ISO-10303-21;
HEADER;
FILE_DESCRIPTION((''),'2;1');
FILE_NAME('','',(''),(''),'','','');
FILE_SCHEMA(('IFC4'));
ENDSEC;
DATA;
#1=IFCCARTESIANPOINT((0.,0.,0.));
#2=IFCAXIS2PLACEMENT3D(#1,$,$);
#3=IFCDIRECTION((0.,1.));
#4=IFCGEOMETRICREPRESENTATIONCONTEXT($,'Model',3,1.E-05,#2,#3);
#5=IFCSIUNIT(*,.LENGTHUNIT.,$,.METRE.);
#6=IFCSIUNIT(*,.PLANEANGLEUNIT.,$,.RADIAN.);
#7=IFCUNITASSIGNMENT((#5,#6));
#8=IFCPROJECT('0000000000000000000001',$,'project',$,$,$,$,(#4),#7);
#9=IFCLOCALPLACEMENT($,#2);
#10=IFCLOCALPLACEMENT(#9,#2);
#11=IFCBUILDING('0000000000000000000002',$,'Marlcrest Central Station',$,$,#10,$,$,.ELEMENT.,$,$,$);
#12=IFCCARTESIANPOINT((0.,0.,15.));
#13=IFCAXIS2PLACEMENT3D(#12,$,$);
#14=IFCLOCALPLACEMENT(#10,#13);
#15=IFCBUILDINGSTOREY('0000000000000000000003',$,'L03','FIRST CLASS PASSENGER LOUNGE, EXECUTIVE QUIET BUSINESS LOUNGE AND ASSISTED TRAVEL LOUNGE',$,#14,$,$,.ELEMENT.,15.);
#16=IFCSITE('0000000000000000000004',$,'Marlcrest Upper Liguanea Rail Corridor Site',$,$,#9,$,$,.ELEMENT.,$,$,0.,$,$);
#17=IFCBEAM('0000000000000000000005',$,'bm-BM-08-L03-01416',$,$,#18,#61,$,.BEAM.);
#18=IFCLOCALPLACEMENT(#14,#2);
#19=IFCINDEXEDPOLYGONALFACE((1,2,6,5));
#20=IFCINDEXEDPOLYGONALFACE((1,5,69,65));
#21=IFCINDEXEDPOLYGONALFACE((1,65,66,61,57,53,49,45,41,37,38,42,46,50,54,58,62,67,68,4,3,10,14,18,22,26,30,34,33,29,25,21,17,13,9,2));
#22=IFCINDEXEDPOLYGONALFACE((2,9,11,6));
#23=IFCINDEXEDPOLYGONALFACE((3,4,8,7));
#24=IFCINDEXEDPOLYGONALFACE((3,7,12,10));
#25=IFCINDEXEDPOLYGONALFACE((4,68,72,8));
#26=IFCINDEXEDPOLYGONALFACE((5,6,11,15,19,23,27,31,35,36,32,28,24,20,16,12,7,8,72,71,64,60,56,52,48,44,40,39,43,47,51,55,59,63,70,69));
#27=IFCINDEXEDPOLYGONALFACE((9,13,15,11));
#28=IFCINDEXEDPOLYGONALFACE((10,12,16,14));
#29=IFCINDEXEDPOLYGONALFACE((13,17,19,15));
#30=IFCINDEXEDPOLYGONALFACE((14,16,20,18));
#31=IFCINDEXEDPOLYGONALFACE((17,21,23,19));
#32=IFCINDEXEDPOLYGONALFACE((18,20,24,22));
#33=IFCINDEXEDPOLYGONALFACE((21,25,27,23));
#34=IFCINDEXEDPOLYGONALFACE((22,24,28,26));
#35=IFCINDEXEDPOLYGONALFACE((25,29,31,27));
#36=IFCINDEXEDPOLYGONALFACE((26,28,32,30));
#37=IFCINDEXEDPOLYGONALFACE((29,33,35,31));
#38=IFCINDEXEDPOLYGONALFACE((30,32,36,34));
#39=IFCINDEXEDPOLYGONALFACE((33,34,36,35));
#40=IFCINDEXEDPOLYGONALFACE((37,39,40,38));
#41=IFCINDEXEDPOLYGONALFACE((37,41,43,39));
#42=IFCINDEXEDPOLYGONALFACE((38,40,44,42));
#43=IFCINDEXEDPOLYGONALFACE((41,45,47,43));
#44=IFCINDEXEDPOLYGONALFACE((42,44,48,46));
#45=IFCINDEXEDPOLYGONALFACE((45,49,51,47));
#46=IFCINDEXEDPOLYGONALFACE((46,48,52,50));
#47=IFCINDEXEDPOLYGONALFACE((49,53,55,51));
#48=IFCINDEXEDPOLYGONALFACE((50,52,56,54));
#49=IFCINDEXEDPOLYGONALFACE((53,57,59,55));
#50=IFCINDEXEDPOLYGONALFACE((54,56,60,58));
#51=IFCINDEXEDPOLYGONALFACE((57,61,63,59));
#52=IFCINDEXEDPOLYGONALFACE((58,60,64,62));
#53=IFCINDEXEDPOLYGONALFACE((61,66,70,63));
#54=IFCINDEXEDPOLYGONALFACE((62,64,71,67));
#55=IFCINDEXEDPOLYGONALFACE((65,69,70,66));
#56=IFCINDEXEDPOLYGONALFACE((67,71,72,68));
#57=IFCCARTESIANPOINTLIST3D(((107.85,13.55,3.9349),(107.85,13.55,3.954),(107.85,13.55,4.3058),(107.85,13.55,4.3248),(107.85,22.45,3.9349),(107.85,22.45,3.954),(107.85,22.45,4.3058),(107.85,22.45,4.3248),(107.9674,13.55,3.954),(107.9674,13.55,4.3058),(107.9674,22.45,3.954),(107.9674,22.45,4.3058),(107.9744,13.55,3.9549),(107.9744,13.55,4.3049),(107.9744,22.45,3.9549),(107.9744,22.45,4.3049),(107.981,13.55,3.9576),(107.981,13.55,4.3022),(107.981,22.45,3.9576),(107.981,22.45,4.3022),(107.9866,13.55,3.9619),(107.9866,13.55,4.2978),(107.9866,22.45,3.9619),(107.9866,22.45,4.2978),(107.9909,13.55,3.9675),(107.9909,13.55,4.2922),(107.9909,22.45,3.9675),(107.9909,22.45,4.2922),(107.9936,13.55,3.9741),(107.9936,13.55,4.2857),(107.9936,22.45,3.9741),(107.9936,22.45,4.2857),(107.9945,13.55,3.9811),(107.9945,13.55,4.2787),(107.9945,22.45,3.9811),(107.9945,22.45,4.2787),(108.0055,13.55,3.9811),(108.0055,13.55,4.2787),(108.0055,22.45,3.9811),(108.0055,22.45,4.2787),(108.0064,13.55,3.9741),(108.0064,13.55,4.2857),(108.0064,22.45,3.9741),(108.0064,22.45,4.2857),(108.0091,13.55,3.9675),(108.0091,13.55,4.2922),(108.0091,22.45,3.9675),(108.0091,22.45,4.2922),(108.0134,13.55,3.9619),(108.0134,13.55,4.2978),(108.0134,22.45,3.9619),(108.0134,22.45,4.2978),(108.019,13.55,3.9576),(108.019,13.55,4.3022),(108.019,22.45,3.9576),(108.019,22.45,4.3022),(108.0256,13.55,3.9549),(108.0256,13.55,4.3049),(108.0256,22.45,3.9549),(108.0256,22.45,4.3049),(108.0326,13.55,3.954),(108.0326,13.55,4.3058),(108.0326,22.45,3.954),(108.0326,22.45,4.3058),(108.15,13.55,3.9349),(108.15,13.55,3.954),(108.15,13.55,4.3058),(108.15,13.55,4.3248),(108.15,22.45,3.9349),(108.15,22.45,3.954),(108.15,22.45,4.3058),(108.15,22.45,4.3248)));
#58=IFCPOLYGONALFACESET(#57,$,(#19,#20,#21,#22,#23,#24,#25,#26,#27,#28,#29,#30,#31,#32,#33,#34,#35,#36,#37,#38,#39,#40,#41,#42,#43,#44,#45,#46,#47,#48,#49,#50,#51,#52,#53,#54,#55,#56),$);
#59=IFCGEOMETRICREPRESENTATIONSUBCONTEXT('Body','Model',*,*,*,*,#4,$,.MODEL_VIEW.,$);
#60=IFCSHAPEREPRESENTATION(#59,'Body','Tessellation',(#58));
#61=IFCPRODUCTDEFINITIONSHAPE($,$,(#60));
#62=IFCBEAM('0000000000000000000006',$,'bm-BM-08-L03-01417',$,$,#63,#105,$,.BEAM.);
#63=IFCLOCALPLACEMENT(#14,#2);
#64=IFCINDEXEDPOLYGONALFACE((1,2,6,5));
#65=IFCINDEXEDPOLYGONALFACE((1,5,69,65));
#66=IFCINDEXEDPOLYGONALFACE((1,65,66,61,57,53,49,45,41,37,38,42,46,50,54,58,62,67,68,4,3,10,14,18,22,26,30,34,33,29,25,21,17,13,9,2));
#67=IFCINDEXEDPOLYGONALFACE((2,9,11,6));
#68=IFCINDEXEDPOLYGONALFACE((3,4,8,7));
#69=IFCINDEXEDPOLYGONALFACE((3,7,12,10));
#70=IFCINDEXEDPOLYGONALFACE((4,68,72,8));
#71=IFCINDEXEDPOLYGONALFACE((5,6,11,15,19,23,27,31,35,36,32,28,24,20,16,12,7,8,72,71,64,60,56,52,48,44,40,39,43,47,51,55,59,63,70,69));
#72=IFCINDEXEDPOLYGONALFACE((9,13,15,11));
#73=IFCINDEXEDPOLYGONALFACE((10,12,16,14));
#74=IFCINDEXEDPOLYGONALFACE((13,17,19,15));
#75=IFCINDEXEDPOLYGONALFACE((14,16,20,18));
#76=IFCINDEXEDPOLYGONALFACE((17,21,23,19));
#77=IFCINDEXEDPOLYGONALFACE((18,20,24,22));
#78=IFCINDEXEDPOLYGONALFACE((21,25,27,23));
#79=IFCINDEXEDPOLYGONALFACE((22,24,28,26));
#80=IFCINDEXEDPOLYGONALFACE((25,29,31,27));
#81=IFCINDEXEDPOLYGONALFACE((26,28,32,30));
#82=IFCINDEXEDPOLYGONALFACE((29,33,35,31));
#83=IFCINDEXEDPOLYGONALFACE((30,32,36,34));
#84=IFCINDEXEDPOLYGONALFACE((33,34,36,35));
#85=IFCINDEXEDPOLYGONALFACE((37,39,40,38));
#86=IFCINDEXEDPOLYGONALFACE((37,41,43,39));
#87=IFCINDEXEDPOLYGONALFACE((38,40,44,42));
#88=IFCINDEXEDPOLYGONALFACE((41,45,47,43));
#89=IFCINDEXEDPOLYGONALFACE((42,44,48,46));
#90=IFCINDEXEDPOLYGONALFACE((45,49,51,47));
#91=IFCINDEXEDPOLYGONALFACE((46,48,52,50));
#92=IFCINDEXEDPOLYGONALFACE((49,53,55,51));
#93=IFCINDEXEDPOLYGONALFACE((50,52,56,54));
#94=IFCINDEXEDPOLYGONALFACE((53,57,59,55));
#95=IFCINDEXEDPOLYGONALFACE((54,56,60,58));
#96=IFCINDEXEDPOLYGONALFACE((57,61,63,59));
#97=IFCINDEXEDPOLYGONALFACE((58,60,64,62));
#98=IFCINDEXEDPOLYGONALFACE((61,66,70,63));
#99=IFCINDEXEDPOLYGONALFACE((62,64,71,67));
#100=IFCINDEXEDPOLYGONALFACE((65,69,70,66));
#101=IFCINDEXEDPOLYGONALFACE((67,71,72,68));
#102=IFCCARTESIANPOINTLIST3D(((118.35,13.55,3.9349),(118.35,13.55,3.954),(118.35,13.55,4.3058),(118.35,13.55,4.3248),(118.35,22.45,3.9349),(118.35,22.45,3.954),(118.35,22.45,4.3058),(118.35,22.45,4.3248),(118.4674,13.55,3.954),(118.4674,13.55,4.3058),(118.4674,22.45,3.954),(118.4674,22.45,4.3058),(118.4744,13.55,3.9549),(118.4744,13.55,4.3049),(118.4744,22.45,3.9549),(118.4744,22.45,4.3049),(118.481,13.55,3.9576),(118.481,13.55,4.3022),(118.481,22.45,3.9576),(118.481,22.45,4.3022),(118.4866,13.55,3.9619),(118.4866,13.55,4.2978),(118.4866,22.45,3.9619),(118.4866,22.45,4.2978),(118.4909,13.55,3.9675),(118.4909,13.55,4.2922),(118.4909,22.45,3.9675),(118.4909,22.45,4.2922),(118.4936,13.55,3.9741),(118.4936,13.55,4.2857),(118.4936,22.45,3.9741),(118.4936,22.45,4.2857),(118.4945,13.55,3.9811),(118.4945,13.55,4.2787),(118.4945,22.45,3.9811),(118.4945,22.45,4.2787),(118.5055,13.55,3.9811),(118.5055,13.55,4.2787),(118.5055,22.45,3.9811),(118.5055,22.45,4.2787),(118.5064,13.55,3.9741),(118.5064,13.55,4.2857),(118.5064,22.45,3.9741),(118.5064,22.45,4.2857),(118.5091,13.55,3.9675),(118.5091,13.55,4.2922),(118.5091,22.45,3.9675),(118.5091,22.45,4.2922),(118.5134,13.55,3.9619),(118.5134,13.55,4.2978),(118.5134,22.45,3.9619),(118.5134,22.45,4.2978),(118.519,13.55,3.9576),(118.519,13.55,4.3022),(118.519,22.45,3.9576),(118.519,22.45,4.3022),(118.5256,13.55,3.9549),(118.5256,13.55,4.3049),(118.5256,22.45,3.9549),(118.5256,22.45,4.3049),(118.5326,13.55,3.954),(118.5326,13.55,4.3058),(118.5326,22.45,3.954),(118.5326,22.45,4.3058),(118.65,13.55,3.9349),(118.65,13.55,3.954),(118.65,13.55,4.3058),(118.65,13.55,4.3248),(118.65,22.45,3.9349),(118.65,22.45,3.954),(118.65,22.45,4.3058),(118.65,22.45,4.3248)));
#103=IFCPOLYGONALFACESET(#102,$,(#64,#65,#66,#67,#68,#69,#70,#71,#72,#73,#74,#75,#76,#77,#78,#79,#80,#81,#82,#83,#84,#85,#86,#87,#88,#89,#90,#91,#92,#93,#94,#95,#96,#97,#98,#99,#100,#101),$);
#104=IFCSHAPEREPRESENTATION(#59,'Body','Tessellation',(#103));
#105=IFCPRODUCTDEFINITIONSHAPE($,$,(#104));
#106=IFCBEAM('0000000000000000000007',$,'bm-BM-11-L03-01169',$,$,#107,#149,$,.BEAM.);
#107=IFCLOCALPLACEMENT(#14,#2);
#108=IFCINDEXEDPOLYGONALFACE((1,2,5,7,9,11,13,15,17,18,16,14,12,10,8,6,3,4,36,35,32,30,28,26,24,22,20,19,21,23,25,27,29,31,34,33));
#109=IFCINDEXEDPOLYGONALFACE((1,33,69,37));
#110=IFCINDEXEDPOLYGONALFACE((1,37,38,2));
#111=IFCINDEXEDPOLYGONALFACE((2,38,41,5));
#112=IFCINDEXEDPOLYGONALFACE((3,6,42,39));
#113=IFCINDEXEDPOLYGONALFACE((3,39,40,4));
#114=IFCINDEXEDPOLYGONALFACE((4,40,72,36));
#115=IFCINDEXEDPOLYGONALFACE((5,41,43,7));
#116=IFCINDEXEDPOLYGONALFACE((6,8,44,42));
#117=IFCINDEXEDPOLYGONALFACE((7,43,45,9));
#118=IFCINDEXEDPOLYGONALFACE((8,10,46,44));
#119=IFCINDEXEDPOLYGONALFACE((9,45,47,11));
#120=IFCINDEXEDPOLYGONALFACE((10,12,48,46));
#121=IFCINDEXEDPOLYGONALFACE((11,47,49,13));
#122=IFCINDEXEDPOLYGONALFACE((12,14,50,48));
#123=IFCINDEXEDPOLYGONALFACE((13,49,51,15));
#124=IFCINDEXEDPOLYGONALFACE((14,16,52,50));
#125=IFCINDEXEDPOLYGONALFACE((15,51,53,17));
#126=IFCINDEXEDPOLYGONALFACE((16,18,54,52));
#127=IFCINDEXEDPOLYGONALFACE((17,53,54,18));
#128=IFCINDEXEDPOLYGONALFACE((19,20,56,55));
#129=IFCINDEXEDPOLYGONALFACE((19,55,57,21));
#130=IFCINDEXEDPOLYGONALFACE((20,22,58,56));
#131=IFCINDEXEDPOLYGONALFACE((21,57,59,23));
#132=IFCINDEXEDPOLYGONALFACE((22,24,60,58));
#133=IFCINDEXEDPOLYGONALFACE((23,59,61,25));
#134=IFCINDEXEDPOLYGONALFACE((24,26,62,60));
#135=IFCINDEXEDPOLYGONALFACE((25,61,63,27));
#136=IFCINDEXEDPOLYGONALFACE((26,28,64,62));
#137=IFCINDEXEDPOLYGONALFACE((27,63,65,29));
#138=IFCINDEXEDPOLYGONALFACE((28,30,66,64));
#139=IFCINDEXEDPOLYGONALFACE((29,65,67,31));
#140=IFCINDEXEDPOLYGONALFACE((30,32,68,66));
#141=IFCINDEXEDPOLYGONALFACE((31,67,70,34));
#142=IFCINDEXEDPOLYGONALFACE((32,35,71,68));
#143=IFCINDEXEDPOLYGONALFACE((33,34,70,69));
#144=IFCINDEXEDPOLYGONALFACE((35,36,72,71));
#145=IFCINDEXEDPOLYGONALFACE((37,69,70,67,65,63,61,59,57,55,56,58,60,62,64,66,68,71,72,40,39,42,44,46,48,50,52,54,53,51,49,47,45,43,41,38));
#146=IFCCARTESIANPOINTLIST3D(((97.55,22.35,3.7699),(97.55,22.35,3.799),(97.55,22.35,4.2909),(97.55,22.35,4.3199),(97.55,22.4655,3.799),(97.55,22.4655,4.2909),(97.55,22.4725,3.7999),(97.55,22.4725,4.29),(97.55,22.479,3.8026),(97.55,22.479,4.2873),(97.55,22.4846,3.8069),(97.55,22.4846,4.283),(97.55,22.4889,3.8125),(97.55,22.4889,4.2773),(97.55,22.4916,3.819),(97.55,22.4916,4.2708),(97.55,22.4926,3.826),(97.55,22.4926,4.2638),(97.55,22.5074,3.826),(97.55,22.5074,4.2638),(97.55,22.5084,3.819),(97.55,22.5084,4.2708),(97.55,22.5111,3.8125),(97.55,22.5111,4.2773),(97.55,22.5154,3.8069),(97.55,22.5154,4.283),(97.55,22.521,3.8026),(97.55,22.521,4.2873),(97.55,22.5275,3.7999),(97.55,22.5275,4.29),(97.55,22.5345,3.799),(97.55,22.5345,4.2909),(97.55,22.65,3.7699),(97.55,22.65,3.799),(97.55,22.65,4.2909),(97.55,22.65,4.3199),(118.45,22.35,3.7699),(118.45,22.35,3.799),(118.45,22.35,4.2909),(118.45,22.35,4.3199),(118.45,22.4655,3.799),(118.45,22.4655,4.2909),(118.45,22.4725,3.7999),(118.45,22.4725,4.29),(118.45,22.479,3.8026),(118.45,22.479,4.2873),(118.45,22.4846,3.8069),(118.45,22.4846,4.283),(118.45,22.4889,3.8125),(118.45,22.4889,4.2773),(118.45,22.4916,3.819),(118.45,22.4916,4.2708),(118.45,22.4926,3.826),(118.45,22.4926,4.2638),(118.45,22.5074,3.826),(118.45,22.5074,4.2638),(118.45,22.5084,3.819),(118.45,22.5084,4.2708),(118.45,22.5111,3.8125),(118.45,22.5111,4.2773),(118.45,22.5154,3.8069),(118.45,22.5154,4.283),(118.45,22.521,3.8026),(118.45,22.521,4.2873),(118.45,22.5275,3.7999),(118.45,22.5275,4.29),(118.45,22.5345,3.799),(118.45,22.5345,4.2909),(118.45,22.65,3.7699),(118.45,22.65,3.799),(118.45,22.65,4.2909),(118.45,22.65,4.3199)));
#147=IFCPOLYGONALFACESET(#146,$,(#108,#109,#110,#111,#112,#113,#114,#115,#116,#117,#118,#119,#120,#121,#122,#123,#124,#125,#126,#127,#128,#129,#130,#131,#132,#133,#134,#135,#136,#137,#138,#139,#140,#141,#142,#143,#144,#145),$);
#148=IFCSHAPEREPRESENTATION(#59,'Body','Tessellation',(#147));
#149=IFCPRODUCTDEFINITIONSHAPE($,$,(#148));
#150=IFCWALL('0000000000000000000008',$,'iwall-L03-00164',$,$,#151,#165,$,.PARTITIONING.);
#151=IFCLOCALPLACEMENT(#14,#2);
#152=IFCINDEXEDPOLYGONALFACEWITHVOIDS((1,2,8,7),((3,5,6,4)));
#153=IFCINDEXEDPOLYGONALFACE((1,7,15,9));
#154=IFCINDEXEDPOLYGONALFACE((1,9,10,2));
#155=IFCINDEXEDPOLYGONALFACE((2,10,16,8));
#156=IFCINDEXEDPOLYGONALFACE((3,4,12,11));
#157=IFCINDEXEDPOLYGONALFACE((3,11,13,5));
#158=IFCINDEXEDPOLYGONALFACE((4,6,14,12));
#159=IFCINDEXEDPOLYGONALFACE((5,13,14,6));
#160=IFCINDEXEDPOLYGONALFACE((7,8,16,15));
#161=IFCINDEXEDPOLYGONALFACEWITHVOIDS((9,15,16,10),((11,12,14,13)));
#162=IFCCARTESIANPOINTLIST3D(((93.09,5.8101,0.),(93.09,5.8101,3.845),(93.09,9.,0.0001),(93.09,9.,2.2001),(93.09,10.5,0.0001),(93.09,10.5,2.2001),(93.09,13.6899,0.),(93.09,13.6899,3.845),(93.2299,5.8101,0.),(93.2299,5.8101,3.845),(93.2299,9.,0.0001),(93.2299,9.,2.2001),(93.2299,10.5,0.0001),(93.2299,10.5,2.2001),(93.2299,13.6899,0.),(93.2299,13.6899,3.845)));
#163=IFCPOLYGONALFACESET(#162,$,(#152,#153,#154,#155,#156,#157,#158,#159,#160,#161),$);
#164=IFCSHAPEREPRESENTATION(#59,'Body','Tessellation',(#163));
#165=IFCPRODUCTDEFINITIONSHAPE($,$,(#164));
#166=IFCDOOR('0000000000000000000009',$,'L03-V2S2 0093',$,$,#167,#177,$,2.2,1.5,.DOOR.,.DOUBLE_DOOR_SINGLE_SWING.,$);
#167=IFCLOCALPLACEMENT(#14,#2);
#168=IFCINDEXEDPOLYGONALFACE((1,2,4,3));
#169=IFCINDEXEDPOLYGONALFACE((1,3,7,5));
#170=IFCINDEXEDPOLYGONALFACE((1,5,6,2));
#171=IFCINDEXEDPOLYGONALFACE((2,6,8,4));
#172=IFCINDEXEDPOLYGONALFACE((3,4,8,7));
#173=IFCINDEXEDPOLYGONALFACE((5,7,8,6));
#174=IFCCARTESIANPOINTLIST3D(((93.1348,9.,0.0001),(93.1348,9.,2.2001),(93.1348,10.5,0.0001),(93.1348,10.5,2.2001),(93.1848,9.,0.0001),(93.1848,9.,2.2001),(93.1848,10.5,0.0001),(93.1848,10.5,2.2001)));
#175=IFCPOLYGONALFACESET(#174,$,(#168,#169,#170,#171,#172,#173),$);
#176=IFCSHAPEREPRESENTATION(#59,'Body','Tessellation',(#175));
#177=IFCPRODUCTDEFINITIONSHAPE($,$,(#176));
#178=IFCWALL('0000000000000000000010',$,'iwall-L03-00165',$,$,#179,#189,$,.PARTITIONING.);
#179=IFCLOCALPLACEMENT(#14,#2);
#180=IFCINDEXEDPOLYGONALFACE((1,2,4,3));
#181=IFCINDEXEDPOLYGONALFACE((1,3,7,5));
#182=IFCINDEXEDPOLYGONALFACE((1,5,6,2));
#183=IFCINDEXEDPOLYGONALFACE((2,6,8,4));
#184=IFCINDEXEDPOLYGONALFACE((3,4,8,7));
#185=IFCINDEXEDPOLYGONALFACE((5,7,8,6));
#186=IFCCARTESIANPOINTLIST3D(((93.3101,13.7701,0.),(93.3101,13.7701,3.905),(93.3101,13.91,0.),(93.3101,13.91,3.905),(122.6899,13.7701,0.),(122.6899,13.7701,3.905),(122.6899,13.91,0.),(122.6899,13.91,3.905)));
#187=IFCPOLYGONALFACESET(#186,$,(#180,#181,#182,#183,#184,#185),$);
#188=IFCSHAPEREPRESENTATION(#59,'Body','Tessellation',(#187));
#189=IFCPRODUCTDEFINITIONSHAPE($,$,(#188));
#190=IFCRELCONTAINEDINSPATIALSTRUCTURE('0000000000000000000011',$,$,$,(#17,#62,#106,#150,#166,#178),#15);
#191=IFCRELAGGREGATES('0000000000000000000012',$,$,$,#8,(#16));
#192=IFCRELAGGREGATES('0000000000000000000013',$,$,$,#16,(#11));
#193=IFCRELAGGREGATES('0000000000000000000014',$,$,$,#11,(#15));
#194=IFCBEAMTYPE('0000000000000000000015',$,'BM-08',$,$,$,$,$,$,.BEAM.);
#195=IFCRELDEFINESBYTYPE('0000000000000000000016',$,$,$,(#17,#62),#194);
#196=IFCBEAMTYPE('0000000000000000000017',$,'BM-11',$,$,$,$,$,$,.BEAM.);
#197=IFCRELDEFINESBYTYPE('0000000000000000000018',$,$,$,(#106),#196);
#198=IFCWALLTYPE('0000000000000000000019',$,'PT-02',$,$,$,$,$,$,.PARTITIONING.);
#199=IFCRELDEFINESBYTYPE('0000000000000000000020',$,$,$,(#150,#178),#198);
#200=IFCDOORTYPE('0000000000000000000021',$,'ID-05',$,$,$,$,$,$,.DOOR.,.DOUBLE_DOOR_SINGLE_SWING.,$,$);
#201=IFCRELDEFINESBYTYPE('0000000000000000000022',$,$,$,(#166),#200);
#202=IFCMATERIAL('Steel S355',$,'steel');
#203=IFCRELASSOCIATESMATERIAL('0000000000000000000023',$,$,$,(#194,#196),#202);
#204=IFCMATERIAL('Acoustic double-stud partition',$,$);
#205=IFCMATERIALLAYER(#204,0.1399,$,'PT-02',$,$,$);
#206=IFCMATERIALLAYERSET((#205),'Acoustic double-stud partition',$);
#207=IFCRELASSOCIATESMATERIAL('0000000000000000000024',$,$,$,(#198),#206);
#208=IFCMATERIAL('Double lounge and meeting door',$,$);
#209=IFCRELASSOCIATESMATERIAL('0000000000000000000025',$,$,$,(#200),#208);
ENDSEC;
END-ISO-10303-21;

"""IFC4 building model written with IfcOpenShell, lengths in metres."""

from ifc_helpers import new_model, si_unit, direction, frame, frame_2d, origin, origin_2d, place, context, subcontext, project, spatial, rectangle, i_section, extrude, material, layer, layer_set, material_profile, profile_set, type_object, element, fill, save


model = new_model("IFC4")

# Units and contexts
model_context = context("Model", 3, precision=1e-05, world=origin(), true_north=direction((0.0, 1.0)))
body_context = subcontext(model_context, "Body", "Model", "MODEL_VIEW")
ifc_project = project(units=[si_unit("LENGTHUNIT", "METRE"), si_unit("PLANEANGLEUNIT", "RADIAN")], contexts=[model_context])

# Site, building, storey
site_placement = place(None, origin())
site = spatial("IfcSite", under=ifc_project, at=site_placement, Name="Marlcrest Upper Liguanea Rail Corridor Site", CompositionType="ELEMENT", RefElevation=0.0)
building_placement = place(site_placement, origin())
building = spatial("IfcBuilding", under=site, at=building_placement, Name="Marlcrest Central Station", CompositionType="ELEMENT")
storey_placement = place(building_placement, frame((0.0, 0.0, 15.0)))
storey = spatial("IfcBuildingStorey", under=building, at=storey_placement, Name="L03", Description="FIRST CLASS PASSENGER LOUNGE, EXECUTIVE QUIET BUSINESS LOUNGE AND ASSISTED TRAVEL LOUNGE", CompositionType="ELEMENT", Elevation=15.0)

# Shared definitions
ifc_material_1 = material(Name="Steel S355", Category="steel")

# Beams
ifc_material_profile_1 = material_profile(ifc_material_1, i_section(OverallWidth=0.3, OverallDepth=0.3899, WebThickness=0.011, FlangeThickness=0.019, FilletRadius=0.0271, at=origin_2d()), Name="HEA 400")
ifc_profile_set_1 = profile_set([ifc_material_profile_1], Name="Steel S355")
beam_type_1 = type_object("IfcBeamType", Name="BM-08", PredefinedType="BEAM", material=ifc_profile_set_1)
for number, where, z_axis, x_axis, name in (
    (1, (108.0, 13.55, 4.1299), (0.0, 1.0, 0.0), (-1.0, 0.0, 0.0), "bm-BM-08-L03-01416"),
    (2, (118.5, 13.55, 4.1299), (0.0, 1.0, 0.0), (-1.0, 0.0, 0.0), "bm-BM-08-L03-01417"),
):
    element("IfcBeam", number, at=place(storey_placement, frame(where, z_axis=z_axis, x_axis=x_axis)), inside=storey, type_object=beam_type_1, Name=name, PredefinedType="BEAM", context=body_context, shape_type="SweptSolid", body=[
        extrude(i_section(OverallWidth=0.3, OverallDepth=0.3899, WebThickness=0.011, FlangeThickness=0.019, FilletRadius=0.0271, at=origin_2d()), origin(), (0.0, 0.0, 1.0), 8.8999),
    ])
ifc_material_profile_2 = material_profile(ifc_material_1, i_section(OverallWidth=0.3, OverallDepth=0.55, WebThickness=0.0149, FlangeThickness=0.0291, FilletRadius=0.0271, at=origin_2d()), Name="HEB 550")
ifc_profile_set_2 = profile_set([ifc_material_profile_2], Name="Steel S355")
beam_type_2 = type_object("IfcBeamType", Name="BM-11", PredefinedType="BEAM", material=ifc_profile_set_2)
beam_placement = place(storey_placement, frame((97.55, 22.5, 4.0449), z_axis=(1.0, 0.0, 0.0), x_axis=(0.0, 1.0, 0.0)))
element("IfcBeam", 3, at=beam_placement, inside=storey, type_object=beam_type_2, Name="bm-BM-11-L03-01169", PredefinedType="BEAM", context=body_context, shape_type="SweptSolid", body=[
    extrude(i_section(OverallWidth=0.3, OverallDepth=0.55, WebThickness=0.0149, FlangeThickness=0.0291, FilletRadius=0.0271, at=origin_2d()), origin(), (0.0, 0.0, 1.0), 20.8999),
])

# Wall, opening, door
ifc_material_2 = material(Name="Acoustic double-stud partition")
ifc_layer_1 = layer(ifc_material_2, 0.1399, Name="PT-02")
ifc_layer_set_1 = layer_set([ifc_layer_1], Name="Acoustic double-stud partition")
wall_type_1 = type_object("IfcWallType", Name="PT-02", PredefinedType="PARTITIONING", material=ifc_layer_set_1)
wall_1_placement = place(storey_placement, frame((93.1599, 13.6899, 0.0), z_axis=(0.0, 0.0, 1.0), x_axis=(0.0, -1.0, 0.0)))
wall_1 = element("IfcWall", 4, at=wall_1_placement, inside=storey, type_object=wall_type_1, Name="iwall-L03-00164", PredefinedType="PARTITIONING", context=body_context, shape_type="SweptSolid", body=[
    extrude(rectangle(XDim=7.8799, YDim=0.1399, at=frame_2d((3.9399, 0.0))), origin(), (0.0, 0.0, 1.0), 3.845),
])
opening_1_placement = place(wall_1_placement, frame((3.1899, 0.0, 0.0)))
opening_1 = element("IfcOpeningElement", 5, at=opening_1_placement, cuts=wall_1, PredefinedType="OPENING", context=body_context, shape_type="SweptSolid", body=[
    extrude(rectangle(XDim=1.5, YDim=2.2, at=frame_2d((0.75, 1.1001))), frame((0.0, 0.0798, 0.0), z_axis=(0.0, -1.0, 0.0), x_axis=(1.0, 0.0, 0.0)), (0.0, 0.0, 1.0), 0.1599),
])
ifc_material_3 = material(Name="Double lounge and meeting door")
door_type_1 = type_object("IfcDoorType", Name="ID-05", OperationType="DOUBLE_DOOR_SINGLE_SWING", PredefinedType="DOOR", material=ifc_material_3)
door_1_placement = place(opening_1_placement, origin())
door_1 = element("IfcDoor", 6, at=door_1_placement, inside=storey, type_object=door_type_1, Name="L03-V2S2 0093", OperationType="DOUBLE_DOOR_SINGLE_SWING", OverallHeight=2.2, OverallWidth=1.5, PredefinedType="DOOR", context=body_context, shape_type="SweptSolid", body=[
    extrude(rectangle(XDim=1.5, YDim=2.2, at=frame_2d((0.75, 1.1001))), frame((0.0, 0.0249, 0.0), z_axis=(0.0, -1.0, 0.0), x_axis=(1.0, 0.0, 0.0)), (0.0, 0.0, 1.0), 0.05),
])
fill(opening_1, door_1)

# Wall
wall_2_placement = place(storey_placement, frame((93.3101, 13.8401, 0.0), z_axis=(0.0, 0.0, 1.0), x_axis=(1.0, 0.0, 0.0)))
element("IfcWall", 7, at=wall_2_placement, inside=storey, type_object=wall_type_1, Name="iwall-L03-00165", PredefinedType="PARTITIONING", context=body_context, shape_type="SweptSolid", body=[
    extrude(rectangle(XDim=29.3799, YDim=0.1399, at=frame_2d((14.6899, 0.0))), origin(), (0.0, 0.0, 1.0), 3.905),
])

save(model, "model.ifc")
